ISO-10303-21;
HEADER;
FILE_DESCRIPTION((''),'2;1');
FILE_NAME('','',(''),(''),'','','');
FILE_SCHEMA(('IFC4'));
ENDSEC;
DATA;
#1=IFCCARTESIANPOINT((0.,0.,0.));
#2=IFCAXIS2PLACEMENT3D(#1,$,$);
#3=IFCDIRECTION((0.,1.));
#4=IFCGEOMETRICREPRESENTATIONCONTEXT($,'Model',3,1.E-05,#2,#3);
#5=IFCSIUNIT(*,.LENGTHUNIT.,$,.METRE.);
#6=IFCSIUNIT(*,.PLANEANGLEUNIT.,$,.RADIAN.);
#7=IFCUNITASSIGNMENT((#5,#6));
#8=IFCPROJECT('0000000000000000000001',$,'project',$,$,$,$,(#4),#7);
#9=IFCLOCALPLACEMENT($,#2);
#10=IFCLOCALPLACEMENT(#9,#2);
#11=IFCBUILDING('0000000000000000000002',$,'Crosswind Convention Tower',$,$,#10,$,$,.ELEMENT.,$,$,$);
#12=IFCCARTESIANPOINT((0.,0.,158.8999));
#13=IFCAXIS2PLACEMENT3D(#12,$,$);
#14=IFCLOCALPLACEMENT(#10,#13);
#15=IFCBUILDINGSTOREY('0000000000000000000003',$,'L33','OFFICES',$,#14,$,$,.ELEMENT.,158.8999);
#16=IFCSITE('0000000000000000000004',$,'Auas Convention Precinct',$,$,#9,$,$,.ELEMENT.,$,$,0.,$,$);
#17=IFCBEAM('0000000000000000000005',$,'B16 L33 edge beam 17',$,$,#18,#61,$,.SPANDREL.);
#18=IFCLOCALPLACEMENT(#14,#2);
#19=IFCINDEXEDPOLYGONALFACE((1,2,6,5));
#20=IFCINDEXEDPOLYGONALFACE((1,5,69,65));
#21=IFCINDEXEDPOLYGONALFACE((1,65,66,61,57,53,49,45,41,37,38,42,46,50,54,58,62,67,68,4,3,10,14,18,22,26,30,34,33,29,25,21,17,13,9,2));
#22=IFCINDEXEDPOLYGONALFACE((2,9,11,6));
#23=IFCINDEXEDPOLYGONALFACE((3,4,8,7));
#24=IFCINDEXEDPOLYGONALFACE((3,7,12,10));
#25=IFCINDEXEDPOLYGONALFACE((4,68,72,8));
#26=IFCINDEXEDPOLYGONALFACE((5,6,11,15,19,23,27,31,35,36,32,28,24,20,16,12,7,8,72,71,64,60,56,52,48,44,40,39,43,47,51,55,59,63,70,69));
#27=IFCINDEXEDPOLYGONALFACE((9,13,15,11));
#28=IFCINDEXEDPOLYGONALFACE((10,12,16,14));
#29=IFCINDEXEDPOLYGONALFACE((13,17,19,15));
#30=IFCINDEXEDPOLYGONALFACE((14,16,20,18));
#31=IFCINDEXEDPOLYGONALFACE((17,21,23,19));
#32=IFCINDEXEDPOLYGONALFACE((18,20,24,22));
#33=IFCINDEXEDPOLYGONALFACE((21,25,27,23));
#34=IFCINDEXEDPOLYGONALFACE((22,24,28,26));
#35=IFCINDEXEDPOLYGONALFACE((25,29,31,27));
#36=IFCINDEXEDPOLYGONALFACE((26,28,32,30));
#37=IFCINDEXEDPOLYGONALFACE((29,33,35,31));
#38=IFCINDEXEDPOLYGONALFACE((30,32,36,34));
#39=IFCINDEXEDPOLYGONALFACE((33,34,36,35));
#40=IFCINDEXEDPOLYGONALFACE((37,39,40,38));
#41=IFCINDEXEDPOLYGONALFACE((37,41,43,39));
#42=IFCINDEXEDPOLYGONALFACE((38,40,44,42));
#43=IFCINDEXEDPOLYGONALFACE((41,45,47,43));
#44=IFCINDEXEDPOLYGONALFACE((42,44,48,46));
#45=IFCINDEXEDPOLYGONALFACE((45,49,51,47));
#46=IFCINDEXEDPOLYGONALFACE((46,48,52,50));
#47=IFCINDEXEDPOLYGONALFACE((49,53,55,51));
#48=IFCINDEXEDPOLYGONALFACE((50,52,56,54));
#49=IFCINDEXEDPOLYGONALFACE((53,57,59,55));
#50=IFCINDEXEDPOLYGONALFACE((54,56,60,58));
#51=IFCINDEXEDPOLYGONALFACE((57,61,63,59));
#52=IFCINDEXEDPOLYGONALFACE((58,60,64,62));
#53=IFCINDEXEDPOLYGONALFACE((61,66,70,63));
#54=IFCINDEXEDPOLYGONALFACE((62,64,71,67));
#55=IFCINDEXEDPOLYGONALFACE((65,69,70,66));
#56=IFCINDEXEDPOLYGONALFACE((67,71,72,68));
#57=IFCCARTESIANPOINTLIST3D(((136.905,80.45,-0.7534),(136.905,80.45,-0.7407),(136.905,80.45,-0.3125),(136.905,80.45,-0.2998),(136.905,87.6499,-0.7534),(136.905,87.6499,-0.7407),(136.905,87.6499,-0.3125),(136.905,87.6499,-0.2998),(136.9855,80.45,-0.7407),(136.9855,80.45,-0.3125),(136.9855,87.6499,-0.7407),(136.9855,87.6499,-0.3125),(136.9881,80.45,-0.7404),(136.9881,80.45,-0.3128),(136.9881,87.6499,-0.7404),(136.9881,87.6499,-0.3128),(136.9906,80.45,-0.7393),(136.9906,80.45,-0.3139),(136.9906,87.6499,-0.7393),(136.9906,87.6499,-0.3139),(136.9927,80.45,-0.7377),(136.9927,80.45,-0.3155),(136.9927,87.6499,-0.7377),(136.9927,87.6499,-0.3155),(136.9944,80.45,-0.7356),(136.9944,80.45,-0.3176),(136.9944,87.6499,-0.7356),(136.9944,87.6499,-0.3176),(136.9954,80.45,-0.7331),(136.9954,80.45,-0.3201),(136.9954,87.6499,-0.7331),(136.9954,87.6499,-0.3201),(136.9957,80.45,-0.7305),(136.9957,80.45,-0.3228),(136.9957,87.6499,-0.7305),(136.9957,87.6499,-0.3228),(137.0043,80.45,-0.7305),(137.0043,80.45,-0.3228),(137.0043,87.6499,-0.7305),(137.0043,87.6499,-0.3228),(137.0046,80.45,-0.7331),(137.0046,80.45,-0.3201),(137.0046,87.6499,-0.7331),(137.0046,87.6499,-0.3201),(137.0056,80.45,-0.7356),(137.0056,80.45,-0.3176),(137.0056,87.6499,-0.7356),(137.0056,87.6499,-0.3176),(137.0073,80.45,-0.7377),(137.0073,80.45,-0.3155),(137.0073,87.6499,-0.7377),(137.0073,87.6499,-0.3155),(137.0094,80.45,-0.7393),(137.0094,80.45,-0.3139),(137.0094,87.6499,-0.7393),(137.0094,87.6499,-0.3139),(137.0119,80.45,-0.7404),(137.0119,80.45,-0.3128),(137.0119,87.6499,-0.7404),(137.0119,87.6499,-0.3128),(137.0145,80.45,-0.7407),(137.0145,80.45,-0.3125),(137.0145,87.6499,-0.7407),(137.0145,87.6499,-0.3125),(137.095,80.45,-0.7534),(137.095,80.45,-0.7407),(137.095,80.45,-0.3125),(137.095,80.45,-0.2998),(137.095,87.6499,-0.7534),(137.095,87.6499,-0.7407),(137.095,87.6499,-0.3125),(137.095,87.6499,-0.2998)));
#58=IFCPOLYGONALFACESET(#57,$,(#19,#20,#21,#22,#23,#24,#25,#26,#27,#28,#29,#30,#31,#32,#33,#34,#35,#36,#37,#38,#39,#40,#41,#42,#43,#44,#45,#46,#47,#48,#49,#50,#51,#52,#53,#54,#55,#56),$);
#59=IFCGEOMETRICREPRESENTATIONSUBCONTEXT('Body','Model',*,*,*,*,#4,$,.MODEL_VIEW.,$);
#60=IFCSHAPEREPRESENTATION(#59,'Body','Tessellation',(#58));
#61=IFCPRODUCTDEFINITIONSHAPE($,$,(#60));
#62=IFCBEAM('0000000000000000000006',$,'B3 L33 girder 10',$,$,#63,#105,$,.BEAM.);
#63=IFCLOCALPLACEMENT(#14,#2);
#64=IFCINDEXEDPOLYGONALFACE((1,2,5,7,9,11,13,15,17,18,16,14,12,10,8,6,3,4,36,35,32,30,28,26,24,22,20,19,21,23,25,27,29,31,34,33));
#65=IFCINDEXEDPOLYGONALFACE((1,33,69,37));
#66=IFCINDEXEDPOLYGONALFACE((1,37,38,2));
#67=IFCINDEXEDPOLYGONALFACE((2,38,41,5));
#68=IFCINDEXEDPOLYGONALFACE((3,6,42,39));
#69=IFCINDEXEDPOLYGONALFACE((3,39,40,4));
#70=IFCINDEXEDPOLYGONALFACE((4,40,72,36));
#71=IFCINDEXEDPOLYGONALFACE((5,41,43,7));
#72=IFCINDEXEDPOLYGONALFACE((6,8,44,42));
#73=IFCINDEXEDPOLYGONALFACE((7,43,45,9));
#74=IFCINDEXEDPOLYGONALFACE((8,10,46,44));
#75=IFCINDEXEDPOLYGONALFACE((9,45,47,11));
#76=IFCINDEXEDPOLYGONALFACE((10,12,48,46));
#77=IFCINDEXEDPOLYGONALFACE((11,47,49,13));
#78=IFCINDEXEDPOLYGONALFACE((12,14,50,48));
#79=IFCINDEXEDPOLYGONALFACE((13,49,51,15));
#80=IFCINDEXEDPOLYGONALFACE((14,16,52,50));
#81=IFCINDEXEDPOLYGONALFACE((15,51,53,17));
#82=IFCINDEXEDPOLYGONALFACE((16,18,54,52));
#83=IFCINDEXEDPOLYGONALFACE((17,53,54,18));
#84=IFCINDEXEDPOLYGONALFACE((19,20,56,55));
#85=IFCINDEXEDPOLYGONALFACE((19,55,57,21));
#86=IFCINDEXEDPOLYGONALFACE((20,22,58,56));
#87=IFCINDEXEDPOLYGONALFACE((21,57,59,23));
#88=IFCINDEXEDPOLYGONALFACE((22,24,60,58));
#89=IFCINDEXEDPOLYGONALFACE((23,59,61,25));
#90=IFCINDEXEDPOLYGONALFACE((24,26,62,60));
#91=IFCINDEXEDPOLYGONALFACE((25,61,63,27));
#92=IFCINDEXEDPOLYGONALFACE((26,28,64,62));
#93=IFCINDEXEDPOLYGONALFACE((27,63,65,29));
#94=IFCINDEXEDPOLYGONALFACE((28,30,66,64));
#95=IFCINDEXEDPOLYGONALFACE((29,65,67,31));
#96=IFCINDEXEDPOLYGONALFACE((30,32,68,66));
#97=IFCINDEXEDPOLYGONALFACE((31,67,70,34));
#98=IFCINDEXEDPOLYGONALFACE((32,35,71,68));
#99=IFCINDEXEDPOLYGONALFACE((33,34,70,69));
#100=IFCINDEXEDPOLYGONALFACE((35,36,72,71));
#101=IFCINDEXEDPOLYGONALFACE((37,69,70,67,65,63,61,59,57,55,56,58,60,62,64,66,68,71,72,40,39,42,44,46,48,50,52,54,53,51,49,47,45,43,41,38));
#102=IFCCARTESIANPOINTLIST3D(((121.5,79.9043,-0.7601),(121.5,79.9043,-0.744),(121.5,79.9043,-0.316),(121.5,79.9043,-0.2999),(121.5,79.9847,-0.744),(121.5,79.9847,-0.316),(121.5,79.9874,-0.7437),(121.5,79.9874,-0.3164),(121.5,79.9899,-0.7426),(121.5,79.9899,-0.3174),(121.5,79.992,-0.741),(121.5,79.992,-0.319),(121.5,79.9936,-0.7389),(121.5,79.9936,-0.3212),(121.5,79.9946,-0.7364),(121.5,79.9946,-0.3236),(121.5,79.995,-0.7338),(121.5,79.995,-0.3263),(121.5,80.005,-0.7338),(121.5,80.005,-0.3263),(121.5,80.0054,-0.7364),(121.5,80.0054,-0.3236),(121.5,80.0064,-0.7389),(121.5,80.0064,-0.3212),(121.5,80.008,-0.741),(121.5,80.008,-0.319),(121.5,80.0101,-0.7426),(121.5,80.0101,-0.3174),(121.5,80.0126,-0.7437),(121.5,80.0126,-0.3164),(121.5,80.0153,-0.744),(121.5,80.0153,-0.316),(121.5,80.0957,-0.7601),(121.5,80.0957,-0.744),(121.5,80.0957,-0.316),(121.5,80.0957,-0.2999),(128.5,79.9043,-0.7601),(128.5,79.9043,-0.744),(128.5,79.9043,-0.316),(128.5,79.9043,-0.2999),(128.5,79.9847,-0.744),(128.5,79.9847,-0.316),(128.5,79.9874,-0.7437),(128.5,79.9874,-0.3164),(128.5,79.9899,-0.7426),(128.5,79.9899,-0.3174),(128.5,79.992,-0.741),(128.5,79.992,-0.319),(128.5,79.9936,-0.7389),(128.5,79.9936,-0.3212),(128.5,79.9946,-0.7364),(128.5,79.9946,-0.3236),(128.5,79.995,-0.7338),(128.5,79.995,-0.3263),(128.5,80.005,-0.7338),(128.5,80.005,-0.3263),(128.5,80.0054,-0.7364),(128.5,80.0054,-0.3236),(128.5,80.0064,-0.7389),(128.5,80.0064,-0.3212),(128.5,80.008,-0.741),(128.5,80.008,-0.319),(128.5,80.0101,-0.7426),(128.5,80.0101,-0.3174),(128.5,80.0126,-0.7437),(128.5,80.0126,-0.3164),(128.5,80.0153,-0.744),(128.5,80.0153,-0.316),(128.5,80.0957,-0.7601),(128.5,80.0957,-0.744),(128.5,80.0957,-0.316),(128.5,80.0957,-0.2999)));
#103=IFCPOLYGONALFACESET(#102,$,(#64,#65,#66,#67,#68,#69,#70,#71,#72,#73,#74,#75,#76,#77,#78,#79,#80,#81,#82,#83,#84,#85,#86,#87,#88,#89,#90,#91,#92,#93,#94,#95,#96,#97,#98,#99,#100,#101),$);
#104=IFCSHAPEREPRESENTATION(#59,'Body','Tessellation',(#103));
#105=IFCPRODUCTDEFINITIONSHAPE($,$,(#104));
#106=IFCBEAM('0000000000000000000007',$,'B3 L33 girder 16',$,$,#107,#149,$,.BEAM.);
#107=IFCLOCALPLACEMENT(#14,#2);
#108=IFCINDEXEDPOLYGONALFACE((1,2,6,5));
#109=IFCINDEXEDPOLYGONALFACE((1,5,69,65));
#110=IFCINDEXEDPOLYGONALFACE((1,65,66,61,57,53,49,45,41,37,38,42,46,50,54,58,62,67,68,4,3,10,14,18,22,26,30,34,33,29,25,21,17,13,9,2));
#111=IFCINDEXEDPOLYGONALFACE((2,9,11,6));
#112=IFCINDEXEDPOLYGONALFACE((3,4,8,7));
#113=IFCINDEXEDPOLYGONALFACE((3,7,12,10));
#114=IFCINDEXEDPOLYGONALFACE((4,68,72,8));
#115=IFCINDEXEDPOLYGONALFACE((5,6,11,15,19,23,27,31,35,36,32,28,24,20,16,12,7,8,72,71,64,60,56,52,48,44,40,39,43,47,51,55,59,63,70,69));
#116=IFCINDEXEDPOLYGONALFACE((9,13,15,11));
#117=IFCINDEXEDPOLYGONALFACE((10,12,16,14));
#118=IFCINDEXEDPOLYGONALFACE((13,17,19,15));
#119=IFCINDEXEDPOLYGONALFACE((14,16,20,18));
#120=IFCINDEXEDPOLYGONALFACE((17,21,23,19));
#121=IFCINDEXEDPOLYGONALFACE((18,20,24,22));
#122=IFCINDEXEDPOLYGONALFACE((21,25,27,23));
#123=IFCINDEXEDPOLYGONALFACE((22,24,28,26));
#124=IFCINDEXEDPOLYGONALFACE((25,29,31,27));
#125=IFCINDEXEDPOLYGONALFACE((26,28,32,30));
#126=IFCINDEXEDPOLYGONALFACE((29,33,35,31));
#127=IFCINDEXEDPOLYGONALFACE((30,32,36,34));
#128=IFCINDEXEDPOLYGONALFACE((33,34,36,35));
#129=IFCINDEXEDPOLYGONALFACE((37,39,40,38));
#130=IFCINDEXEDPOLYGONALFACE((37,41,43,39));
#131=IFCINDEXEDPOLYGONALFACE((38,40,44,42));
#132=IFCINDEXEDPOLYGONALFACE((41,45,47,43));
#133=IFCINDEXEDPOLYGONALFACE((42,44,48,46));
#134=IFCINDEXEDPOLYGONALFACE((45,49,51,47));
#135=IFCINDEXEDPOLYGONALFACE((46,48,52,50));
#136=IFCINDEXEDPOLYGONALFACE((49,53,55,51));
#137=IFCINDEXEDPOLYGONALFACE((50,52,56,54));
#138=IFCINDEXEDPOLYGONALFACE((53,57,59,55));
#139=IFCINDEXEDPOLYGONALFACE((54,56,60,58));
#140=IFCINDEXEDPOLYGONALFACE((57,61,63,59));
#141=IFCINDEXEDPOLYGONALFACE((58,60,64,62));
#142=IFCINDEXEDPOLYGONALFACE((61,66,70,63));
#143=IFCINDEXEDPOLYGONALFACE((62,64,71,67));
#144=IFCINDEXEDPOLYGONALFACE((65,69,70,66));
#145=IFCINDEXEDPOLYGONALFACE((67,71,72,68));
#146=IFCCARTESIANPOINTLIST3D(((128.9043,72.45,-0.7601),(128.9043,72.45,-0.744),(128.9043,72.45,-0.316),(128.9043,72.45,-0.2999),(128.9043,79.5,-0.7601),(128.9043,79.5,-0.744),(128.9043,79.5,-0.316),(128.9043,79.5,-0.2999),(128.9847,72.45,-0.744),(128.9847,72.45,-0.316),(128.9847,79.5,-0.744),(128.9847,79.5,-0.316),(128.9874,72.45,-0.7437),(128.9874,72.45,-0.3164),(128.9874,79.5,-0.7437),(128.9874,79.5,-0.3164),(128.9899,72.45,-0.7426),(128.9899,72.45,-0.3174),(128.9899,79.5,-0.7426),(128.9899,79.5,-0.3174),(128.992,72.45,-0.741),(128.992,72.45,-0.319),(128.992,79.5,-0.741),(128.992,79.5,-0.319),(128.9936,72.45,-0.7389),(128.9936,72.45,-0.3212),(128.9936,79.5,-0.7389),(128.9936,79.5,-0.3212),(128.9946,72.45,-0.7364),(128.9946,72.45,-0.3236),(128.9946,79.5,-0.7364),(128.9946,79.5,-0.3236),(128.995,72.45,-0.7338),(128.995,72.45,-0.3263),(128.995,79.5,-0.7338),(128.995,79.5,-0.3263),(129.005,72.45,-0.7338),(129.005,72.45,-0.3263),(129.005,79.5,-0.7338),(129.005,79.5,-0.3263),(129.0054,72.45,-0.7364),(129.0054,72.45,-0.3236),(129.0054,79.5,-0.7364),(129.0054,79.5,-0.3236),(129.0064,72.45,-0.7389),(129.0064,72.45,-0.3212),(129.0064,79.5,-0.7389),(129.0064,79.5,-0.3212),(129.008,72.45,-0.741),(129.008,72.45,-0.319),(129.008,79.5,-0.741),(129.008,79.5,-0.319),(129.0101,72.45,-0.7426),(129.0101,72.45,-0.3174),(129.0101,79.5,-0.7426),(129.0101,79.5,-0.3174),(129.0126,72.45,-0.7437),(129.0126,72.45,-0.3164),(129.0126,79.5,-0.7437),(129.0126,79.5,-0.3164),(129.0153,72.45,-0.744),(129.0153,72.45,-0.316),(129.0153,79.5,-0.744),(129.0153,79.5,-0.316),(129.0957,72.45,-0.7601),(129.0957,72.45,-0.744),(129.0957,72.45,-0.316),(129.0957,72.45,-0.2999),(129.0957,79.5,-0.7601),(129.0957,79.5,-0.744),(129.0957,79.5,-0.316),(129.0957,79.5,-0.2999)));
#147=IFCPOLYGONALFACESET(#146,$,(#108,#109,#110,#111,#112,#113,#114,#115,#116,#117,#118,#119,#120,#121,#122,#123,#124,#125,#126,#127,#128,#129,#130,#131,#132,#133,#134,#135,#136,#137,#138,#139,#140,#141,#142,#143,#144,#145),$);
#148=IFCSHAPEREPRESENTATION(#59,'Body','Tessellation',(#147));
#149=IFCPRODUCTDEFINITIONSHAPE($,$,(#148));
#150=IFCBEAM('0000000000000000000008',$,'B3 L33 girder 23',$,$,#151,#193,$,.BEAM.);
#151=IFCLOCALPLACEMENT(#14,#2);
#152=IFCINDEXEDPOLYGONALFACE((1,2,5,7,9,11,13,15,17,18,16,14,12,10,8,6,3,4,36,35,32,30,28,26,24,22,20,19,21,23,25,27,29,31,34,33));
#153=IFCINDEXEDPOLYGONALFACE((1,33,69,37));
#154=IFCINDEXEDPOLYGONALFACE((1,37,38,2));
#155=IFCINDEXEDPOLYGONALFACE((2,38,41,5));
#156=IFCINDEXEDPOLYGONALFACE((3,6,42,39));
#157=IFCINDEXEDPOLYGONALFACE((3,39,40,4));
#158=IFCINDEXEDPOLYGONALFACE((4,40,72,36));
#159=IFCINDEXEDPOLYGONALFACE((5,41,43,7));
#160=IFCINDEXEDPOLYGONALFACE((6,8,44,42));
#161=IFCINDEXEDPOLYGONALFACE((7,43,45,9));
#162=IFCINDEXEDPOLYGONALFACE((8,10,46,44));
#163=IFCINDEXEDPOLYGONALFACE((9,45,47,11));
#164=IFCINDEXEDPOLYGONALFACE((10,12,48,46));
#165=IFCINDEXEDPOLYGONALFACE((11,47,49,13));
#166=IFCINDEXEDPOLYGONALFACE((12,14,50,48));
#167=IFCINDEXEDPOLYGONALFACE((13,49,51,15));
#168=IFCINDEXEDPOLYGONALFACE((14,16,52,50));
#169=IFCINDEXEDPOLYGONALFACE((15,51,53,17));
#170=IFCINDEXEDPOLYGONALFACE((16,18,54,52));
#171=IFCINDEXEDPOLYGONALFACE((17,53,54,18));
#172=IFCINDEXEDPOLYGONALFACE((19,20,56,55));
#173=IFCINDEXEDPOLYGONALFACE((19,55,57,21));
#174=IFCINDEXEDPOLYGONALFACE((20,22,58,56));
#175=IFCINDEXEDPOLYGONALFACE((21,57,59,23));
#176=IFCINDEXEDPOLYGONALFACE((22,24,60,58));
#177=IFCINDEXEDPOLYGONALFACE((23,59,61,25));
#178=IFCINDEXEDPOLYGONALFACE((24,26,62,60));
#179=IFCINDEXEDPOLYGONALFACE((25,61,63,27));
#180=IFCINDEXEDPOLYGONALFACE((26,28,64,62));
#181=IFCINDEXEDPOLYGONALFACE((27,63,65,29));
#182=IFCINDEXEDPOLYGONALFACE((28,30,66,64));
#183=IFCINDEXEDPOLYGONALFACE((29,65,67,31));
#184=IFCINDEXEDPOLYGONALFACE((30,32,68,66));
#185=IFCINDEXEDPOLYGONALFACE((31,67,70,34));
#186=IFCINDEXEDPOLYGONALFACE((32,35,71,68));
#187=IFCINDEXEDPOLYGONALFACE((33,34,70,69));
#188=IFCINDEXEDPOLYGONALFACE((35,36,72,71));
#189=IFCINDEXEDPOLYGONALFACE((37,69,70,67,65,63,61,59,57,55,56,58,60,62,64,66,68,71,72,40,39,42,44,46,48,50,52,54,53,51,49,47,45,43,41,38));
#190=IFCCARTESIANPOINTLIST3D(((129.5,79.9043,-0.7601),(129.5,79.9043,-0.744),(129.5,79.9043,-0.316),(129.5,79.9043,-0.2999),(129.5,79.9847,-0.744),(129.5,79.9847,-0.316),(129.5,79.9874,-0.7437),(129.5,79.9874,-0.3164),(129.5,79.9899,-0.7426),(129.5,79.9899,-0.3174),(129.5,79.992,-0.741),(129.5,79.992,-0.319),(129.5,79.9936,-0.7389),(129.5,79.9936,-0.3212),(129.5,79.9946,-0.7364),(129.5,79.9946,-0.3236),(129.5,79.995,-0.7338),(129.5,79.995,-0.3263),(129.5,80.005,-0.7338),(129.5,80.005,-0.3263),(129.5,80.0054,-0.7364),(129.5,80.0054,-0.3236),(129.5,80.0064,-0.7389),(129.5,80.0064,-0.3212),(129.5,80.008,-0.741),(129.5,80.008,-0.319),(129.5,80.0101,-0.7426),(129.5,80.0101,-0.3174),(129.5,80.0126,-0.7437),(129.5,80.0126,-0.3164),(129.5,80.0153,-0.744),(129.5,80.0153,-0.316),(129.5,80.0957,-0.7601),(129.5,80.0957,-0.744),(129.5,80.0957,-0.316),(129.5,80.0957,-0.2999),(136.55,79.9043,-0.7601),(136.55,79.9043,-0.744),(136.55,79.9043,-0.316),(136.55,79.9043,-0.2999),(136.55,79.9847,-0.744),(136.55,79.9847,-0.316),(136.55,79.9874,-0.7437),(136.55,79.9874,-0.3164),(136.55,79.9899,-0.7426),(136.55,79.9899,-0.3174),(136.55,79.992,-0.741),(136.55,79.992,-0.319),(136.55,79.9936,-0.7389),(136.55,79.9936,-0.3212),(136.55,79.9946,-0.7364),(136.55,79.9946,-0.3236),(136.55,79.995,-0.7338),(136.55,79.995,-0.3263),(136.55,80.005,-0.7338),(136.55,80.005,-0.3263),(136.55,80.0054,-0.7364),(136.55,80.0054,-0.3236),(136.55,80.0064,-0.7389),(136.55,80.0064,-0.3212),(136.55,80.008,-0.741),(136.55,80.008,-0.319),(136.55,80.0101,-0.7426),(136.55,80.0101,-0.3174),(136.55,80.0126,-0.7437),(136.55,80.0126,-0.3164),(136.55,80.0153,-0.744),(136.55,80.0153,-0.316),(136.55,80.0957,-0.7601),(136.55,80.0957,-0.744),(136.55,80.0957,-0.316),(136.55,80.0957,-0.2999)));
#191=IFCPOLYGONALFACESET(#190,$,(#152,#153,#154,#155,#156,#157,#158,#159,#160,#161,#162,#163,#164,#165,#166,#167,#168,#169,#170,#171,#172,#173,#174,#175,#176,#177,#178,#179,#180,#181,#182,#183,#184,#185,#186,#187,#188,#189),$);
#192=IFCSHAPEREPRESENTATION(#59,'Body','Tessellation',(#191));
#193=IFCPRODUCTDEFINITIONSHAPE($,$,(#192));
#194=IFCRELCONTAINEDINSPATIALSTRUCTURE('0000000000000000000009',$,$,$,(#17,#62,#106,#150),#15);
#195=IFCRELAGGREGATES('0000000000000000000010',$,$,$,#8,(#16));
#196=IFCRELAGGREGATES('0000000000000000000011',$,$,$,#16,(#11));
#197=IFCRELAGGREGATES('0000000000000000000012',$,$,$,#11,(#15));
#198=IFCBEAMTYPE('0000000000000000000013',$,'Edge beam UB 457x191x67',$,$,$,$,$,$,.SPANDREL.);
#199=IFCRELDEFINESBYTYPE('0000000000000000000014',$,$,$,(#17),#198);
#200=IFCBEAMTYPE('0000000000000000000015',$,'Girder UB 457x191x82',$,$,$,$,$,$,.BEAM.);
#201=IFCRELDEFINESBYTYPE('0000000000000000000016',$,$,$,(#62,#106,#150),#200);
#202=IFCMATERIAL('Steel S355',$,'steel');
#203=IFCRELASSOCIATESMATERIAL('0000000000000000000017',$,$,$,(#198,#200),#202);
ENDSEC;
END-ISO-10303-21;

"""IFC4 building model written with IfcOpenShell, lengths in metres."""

from ifc_helpers import new_model, si_unit, direction, frame, origin, origin_2d, place, context, subcontext, project, spatial, i_section, extrude, material, material_profile, profile_set, type_object, element, save


model = new_model("IFC4")

# Units and contexts
model_context = context("Model", 3, precision=1e-05, world=origin(), true_north=direction((0.0, 1.0)))
body_context = subcontext(model_context, "Body", "Model", "MODEL_VIEW")
ifc_project = project(units=[si_unit("LENGTHUNIT", "METRE"), si_unit("PLANEANGLEUNIT", "RADIAN")], contexts=[model_context])

# Site, building, storey
site_placement = place(None, origin())
site = spatial("IfcSite", under=ifc_project, at=site_placement, Name="Auas Convention Precinct", CompositionType="ELEMENT", RefElevation=0.0)
building_placement = place(site_placement, origin())
building = spatial("IfcBuilding", under=site, at=building_placement, Name="Crosswind Convention Tower", CompositionType="ELEMENT")
storey_placement = place(building_placement, frame((0.0, 0.0, 158.8999)))
storey = spatial("IfcBuildingStorey", under=building, at=storey_placement, Name="L33", Description="OFFICES", CompositionType="ELEMENT", Elevation=158.8999)

# Beams
ifc_material_1 = material(Name="Steel S355", Category="steel")
ifc_material_profile_1 = material_profile(ifc_material_1, i_section(OverallWidth=0.1899, OverallDepth=0.4536, WebThickness=0.0085, FlangeThickness=0.0127, FilletRadius=0.0103, at=origin_2d()), Name="UB 457x191x67")
ifc_profile_set_1 = profile_set([ifc_material_profile_1], Name="Steel S355")
beam_type_1 = type_object("IfcBeamType", Name="Edge beam UB 457x191x67", PredefinedType="SPANDREL", material=ifc_profile_set_1)
for number, where, z_axis, x_axis, name in (
    (1, (137.0, 80.45, -0.5266), (0.0, 1.0, 0.0), (-1.0, 0.0, 0.0), "B16 L33 edge beam 17"),
):
    element("IfcBeam", number, at=place(storey_placement, frame(where, z_axis=z_axis, x_axis=x_axis)), inside=storey, type_object=beam_type_1, Name=name, PredefinedType="SPANDREL", context=body_context, shape_type="SweptSolid", body=[
        extrude(i_section(OverallWidth=0.1899, OverallDepth=0.4536, WebThickness=0.0085, FlangeThickness=0.0127, FilletRadius=0.0103, at=origin_2d()), origin(), (0.0, 0.0, 1.0), 7.2),
    ])
ifc_material_profile_2 = material_profile(ifc_material_1, i_section(OverallWidth=0.1914, OverallDepth=0.4602, WebThickness=0.01, FlangeThickness=0.0161, FilletRadius=0.0103, at=origin_2d()), Name="UB 457x191x82")
ifc_profile_set_2 = profile_set([ifc_material_profile_2], Name="Steel S355")
beam_type_2 = type_object("IfcBeamType", Name="Girder UB 457x191x82", PredefinedType="BEAM", material=ifc_profile_set_2)
beam_1_placement = place(storey_placement, frame((121.5, 80.0, -0.53), z_axis=(1.0, 0.0, 0.0), x_axis=(0.0, 1.0, 0.0)))
element("IfcBeam", 2, at=beam_1_placement, inside=storey, type_object=beam_type_2, Name="B3 L33 girder 10", PredefinedType="BEAM", context=body_context, shape_type="SweptSolid", body=[
    extrude(i_section(OverallWidth=0.1914, OverallDepth=0.4602, WebThickness=0.01, FlangeThickness=0.0161, FilletRadius=0.0103, at=origin_2d()), origin(), (0.0, 0.0, 1.0), 7.0),
])
for number, where, z_axis, x_axis, name in (
    (3, (129.0, 72.45, -0.53), (0.0, 1.0, 0.0), (-1.0, 0.0, 0.0), "B3 L33 girder 16"),
    (4, (129.5, 80.0, -0.53), (1.0, 0.0, 0.0), (0.0, 1.0, 0.0), "B3 L33 girder 23"),
):
    element("IfcBeam", number, at=place(storey_placement, frame(where, z_axis=z_axis, x_axis=x_axis)), inside=storey, type_object=beam_type_2, Name=name, PredefinedType="BEAM", context=body_context, shape_type="SweptSolid", body=[
        extrude(i_section(OverallWidth=0.1914, OverallDepth=0.4602, WebThickness=0.01, FlangeThickness=0.0161, FilletRadius=0.0103, at=origin_2d()), origin(), (0.0, 0.0, 1.0), 7.05),
    ])

save(model, "model.ifc")
